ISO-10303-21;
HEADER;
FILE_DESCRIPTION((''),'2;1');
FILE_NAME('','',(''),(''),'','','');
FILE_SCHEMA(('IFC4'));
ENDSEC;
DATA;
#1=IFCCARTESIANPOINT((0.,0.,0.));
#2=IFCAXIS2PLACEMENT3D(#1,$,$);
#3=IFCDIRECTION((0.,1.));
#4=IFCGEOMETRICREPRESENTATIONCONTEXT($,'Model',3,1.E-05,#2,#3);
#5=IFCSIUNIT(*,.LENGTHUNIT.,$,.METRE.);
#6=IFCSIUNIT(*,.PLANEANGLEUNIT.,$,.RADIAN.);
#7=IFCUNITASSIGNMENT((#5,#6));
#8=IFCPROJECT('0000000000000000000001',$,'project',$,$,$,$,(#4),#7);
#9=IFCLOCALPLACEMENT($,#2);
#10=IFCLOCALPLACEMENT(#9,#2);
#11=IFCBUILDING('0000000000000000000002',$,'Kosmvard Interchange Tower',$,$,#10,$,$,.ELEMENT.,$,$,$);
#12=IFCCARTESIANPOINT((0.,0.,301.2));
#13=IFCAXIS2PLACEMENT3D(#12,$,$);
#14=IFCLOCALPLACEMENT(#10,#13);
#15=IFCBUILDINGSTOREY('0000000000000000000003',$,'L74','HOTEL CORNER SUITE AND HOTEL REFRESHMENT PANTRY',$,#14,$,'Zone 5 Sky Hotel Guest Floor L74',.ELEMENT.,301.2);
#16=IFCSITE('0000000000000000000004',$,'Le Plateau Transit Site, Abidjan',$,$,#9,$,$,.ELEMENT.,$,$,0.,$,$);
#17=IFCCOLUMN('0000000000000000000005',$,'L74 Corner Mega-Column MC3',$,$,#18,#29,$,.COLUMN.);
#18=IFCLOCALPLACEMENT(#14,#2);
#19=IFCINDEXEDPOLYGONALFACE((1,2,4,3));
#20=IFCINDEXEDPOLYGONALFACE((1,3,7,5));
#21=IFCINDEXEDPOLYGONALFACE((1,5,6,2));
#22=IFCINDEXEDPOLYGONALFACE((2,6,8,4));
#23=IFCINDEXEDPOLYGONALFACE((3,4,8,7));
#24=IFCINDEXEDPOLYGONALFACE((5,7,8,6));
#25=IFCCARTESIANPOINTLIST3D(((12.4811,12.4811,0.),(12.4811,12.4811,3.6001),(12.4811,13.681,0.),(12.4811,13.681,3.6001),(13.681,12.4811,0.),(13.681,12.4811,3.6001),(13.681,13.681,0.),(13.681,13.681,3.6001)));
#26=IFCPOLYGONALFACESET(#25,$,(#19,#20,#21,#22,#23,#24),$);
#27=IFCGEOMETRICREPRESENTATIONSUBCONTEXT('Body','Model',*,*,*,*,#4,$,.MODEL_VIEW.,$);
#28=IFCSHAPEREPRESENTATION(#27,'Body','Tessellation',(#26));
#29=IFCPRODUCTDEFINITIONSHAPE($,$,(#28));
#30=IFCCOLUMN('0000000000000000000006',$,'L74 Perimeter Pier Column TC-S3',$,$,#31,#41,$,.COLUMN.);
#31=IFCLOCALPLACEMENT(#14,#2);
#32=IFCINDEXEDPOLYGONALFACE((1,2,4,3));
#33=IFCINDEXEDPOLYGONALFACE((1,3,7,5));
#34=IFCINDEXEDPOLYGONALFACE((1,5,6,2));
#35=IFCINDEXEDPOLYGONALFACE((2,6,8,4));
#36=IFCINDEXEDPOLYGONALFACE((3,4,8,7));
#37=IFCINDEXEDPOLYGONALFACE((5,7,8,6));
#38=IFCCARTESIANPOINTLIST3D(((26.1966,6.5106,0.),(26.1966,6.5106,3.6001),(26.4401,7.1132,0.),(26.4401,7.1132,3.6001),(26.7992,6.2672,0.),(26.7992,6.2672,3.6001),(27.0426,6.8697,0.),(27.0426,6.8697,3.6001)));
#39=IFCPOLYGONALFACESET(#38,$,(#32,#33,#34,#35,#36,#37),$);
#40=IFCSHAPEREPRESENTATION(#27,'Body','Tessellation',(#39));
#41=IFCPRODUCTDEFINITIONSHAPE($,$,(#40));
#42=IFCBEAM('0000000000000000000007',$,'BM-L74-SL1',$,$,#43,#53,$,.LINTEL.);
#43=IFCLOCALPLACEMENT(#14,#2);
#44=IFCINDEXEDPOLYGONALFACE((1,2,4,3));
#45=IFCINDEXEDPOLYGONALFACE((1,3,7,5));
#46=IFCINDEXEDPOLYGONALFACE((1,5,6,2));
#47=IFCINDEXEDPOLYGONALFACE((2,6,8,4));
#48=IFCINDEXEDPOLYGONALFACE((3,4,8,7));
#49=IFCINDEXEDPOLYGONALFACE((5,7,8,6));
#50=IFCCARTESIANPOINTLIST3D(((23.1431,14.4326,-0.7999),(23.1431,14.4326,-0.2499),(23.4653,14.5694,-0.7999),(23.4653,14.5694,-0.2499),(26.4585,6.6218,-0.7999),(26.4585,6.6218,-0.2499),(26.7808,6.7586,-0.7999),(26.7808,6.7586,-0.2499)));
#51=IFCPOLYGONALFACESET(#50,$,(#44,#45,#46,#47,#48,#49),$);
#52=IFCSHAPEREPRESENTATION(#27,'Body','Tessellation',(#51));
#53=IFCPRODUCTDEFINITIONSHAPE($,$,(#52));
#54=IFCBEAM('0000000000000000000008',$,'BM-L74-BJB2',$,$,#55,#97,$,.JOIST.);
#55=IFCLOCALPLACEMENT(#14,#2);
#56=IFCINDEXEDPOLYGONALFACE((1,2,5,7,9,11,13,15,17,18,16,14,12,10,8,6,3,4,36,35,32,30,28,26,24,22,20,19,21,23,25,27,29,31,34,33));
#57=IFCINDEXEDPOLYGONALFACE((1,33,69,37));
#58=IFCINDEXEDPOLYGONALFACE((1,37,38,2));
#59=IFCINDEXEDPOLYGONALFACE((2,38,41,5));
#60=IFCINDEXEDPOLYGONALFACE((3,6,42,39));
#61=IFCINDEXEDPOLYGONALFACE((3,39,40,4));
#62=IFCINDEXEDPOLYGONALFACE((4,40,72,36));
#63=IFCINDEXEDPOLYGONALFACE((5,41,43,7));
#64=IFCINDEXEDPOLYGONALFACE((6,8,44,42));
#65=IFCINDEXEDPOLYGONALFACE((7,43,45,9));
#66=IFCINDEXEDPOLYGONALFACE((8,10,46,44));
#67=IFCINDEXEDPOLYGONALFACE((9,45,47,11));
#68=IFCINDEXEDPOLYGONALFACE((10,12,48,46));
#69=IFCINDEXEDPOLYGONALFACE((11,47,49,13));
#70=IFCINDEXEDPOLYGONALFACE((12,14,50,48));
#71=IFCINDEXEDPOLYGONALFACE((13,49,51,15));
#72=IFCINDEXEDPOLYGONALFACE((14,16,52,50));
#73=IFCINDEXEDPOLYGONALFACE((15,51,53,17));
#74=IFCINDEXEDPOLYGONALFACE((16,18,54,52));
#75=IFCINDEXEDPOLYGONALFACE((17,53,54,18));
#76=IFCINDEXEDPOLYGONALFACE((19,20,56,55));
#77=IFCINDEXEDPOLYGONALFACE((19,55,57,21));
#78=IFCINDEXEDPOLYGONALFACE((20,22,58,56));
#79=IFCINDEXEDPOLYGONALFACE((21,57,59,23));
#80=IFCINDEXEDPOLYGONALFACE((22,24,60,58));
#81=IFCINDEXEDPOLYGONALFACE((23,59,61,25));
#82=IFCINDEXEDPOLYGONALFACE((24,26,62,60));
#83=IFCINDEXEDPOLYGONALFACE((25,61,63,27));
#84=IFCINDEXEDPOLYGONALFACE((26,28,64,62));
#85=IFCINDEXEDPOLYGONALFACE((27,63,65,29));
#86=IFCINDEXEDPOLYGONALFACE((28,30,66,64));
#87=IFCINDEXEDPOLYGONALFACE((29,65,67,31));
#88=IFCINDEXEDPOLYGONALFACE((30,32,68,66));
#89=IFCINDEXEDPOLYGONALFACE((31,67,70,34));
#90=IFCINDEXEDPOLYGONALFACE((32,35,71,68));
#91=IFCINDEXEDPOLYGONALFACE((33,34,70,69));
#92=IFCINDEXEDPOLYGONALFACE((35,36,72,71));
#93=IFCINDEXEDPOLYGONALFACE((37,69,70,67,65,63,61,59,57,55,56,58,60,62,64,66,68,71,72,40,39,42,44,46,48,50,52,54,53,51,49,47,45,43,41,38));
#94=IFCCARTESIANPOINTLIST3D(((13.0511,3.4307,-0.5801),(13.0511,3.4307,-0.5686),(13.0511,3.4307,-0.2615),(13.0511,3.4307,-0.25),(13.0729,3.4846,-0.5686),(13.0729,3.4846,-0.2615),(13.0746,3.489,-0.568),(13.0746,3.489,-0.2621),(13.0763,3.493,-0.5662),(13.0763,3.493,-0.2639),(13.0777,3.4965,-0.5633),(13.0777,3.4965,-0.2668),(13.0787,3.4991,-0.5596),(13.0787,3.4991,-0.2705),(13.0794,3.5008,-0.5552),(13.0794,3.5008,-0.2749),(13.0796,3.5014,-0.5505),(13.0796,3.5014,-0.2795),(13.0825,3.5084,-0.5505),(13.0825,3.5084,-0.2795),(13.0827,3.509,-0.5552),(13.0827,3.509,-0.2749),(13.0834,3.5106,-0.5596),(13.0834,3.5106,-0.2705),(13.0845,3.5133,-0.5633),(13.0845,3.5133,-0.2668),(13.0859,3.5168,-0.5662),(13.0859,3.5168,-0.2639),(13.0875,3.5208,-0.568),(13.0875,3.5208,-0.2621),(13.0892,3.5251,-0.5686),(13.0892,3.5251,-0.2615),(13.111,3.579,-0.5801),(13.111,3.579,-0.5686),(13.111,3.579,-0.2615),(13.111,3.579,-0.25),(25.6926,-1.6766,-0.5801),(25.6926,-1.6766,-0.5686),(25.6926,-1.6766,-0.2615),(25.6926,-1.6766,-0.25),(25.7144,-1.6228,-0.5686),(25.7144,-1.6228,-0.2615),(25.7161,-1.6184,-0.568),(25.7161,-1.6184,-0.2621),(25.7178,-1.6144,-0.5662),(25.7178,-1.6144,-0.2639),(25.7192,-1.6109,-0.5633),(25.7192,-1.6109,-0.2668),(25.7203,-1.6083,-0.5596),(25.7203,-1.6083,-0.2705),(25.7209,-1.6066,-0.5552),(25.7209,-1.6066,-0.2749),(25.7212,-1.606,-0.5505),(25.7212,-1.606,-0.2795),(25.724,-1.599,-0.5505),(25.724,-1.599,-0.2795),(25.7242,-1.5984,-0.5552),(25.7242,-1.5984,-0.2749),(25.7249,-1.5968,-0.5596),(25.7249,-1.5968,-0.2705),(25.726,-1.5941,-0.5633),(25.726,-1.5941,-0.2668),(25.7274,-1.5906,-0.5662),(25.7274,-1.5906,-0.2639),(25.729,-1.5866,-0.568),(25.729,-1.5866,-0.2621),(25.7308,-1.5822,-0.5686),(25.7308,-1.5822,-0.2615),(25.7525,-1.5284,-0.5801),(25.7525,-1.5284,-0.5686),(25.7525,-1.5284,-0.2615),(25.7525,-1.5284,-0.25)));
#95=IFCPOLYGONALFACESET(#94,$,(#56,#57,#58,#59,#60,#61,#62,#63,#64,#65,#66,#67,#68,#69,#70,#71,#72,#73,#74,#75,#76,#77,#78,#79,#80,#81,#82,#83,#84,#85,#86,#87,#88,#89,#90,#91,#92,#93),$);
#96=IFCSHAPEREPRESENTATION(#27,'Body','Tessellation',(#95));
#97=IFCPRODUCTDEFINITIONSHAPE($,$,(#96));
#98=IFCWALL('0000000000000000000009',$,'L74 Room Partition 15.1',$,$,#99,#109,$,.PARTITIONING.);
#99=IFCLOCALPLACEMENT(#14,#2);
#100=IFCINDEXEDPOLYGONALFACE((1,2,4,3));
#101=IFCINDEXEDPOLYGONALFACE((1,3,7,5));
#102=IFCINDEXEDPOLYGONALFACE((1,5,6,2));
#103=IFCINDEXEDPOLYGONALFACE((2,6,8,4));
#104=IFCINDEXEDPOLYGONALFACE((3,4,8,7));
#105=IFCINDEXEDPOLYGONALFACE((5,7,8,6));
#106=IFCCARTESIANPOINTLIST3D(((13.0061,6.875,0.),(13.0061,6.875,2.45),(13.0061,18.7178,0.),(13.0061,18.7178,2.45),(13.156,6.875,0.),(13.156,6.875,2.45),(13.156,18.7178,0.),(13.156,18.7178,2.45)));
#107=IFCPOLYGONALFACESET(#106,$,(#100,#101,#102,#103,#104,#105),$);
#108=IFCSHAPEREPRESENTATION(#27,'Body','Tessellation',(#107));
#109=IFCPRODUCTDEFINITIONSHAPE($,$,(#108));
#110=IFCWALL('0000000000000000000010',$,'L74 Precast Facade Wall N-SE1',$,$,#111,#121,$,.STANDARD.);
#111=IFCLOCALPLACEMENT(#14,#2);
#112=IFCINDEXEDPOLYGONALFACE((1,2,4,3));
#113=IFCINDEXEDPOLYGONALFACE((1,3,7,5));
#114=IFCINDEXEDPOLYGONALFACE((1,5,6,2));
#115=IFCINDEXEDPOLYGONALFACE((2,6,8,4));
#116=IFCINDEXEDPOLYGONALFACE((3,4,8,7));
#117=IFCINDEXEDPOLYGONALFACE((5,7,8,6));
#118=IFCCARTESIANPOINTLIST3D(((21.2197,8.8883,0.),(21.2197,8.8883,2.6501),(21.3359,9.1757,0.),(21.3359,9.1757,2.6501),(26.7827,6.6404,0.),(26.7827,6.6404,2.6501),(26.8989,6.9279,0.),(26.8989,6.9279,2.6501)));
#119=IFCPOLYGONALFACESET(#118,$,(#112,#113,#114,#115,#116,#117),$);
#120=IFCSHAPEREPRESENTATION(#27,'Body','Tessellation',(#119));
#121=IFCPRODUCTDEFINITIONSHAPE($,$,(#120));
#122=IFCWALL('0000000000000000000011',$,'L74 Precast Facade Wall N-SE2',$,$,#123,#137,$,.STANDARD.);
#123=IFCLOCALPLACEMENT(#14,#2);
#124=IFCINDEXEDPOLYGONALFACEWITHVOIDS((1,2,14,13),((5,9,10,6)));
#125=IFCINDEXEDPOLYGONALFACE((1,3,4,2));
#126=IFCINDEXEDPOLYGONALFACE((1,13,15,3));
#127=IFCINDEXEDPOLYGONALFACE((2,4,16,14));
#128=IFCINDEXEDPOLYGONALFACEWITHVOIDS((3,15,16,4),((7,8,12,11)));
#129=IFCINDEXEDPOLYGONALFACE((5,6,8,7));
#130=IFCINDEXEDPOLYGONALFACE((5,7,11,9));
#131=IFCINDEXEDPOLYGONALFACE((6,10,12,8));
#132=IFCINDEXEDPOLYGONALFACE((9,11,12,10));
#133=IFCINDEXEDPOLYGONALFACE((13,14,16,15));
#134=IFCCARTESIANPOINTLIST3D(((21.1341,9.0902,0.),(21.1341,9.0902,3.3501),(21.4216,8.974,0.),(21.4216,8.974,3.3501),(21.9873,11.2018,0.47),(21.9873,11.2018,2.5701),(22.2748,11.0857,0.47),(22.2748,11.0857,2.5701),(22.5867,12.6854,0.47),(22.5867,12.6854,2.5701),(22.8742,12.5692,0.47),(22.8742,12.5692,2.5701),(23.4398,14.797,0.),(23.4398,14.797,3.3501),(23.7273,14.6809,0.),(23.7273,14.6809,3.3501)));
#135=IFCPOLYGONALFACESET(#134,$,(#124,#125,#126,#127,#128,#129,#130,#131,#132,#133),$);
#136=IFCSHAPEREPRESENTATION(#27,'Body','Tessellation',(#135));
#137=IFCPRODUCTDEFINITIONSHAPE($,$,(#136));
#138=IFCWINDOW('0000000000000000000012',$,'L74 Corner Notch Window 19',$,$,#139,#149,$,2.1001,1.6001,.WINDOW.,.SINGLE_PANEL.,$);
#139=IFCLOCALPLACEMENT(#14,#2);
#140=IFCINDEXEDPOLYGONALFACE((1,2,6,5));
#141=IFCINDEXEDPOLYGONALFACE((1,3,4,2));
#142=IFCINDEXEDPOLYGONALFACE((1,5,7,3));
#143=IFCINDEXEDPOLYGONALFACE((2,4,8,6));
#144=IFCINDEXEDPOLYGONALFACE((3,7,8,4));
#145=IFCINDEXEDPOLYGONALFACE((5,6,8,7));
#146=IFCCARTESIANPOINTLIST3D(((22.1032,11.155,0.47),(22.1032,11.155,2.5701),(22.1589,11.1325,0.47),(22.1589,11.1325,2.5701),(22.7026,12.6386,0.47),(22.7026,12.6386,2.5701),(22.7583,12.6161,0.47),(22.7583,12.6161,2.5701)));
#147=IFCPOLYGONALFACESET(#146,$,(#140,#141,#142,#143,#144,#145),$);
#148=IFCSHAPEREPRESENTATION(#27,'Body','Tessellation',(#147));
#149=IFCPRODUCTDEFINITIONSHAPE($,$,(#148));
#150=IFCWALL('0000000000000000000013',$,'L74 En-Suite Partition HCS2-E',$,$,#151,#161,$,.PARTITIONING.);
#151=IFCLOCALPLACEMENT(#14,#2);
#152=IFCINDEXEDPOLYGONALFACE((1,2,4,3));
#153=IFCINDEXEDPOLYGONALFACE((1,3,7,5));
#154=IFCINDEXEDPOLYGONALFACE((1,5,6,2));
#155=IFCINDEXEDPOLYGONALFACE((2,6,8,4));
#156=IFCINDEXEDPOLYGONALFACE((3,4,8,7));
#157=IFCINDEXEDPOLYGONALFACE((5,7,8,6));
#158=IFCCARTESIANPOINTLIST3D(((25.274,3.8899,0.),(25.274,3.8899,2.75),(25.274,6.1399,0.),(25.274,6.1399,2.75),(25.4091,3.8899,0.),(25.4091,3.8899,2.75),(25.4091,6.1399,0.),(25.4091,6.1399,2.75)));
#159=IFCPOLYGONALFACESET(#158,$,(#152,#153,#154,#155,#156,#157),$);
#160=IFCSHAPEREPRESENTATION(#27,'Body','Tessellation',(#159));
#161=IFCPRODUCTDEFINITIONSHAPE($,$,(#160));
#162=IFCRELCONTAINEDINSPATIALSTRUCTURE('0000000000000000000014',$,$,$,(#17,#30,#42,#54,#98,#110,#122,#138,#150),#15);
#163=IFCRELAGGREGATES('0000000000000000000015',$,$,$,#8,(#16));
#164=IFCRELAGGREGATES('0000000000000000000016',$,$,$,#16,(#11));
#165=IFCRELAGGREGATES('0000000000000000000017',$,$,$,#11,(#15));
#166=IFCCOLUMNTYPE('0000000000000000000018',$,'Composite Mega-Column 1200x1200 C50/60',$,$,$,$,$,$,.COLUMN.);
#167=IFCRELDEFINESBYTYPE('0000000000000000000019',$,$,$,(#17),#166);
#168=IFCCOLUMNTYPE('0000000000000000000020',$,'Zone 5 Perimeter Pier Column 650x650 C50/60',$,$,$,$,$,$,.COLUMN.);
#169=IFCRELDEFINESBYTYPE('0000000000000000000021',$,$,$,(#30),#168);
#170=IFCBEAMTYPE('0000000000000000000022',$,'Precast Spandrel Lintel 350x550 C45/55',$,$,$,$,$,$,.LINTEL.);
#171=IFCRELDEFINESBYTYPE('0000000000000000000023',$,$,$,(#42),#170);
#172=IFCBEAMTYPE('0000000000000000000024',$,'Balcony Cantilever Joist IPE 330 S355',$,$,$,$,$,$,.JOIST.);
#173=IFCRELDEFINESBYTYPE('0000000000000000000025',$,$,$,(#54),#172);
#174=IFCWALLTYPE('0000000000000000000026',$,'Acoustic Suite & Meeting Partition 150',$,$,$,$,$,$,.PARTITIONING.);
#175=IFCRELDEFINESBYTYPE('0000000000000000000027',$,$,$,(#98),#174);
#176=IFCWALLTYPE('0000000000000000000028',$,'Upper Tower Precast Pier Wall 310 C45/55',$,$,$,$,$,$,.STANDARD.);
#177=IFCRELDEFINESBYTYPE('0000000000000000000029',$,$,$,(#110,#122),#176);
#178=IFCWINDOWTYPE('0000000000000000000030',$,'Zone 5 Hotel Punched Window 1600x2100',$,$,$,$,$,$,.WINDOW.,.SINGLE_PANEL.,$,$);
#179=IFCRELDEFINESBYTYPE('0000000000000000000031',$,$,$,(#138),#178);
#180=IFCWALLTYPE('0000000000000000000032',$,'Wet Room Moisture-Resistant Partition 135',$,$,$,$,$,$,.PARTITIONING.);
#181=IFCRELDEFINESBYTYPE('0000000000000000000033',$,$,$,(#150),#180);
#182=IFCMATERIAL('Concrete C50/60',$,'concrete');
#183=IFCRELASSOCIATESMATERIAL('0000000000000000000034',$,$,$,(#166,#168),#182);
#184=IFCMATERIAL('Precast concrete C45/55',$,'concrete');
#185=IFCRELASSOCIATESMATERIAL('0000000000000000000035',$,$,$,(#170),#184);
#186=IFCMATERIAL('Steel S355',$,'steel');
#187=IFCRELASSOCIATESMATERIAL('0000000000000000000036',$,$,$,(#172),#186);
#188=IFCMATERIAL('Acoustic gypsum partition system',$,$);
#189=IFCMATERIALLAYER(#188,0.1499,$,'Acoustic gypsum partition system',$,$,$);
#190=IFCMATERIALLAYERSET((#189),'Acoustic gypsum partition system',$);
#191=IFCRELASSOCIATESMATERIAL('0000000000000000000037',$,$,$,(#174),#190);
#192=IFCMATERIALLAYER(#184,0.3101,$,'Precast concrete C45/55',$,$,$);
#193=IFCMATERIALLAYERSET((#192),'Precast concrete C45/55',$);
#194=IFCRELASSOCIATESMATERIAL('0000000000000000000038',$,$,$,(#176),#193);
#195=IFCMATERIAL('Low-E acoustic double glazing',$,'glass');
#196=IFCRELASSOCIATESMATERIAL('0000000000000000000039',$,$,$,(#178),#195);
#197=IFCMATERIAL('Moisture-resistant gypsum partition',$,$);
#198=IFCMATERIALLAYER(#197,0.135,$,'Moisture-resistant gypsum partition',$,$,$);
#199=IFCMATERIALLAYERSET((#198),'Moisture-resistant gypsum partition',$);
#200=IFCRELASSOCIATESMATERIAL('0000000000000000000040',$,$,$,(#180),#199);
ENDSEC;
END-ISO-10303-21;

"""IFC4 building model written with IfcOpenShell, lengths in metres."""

from ifc_helpers import new_model, si_unit, direction, frame, frame_2d, origin, origin_2d, place, context, subcontext, project, spatial, rectangle, i_section, extrude, source, transform, mapped, material, layer, layer_set, material_profile, profile_set, type_object, element, fill, save


model = new_model("IFC4")

# Units and contexts
model_context = context("Model", 3, precision=1e-05, world=origin(), true_north=direction((0.0, 1.0)))
body_context = subcontext(model_context, "Body", "Model", "MODEL_VIEW")
ifc_project = project(units=[si_unit("LENGTHUNIT", "METRE"), si_unit("PLANEANGLEUNIT", "RADIAN")], contexts=[model_context])

# Site, building, storey
site_placement = place(None, origin())
site = spatial("IfcSite", under=ifc_project, at=site_placement, Name="Le Plateau Transit Site, Abidjan", CompositionType="ELEMENT", RefElevation=0.0)
building_placement = place(site_placement, origin())
building = spatial("IfcBuilding", under=site, at=building_placement, Name="Kosmvard Interchange Tower", CompositionType="ELEMENT")
storey_placement = place(building_placement, frame((0.0, 0.0, 301.2)))
storey = spatial("IfcBuildingStorey", under=building, at=storey_placement, Name="L74", Description="HOTEL CORNER SUITE AND HOTEL REFRESHMENT PANTRY", LongName="Zone 5 Sky Hotel Guest Floor L74", CompositionType="ELEMENT", Elevation=301.2)

# Columns
ifc_material_1 = material(Name="Concrete C50/60", Category="concrete")
ifc_material_profile_1 = material_profile(ifc_material_1, rectangle(XDim=1.2, YDim=1.2, at=origin_2d()), Name="MC 1200x1200")
ifc_profile_set_1 = profile_set([ifc_material_profile_1], Name="Concrete C50/60")
column_type_1 = type_object("IfcColumnType", Name="Composite Mega-Column 1200x1200 C50/60", PredefinedType="COLUMN", material=ifc_profile_set_1)
shared_shape_1 = source(origin(), body_context, "Body", "SweptSolid", [
    extrude(rectangle(XDim=1.2, YDim=1.2, at=origin_2d()), origin(), (0.0, 0.0, 1.0), 3.6001),
])
column_1_placement = place(storey_placement, frame((13.0811, 13.0811, 0.0), z_axis=(0.0, 0.0, 1.0), x_axis=(1.0, 0.0, 0.0)))
element("IfcColumn", 1, at=column_1_placement, inside=storey, type_object=column_type_1, Name="L74 Corner Mega-Column MC3", PredefinedType="COLUMN", context=body_context, shape_type="MappedRepresentation", body=[
    mapped(shared_shape_1, transform((0.0, 0.0, 0.0), scale=1.0)),
])
ifc_material_profile_2 = material_profile(ifc_material_1, rectangle(XDim=0.6499, YDim=0.6499, at=origin_2d()), Name="TC 650x650")
ifc_profile_set_2 = profile_set([ifc_material_profile_2], Name="Concrete C50/60")
column_type_2 = type_object("IfcColumnType", Name="Zone 5 Perimeter Pier Column 650x650 C50/60", PredefinedType="COLUMN", material=ifc_profile_set_2)
shared_shape_2 = source(origin(), body_context, "Body", "SweptSolid", [
    extrude(rectangle(XDim=0.6499, YDim=0.6499, at=origin_2d()), origin(), (0.0, 0.0, 1.0), 3.6001),
])
column_2_placement = place(storey_placement, frame((26.6196, 6.6902, 0.0), z_axis=(0.0, 0.0, 1.0), x_axis=(0.374607, 0.927184, 0.0)))
element("IfcColumn", 2, at=column_2_placement, inside=storey, type_object=column_type_2, Name="L74 Perimeter Pier Column TC-S3", PredefinedType="COLUMN", context=body_context, shape_type="MappedRepresentation", body=[
    mapped(shared_shape_2, transform((0.0, 0.0, 0.0), scale=1.0)),
])

# Beams
ifc_material_2 = material(Name="Precast concrete C45/55", Category="concrete")
ifc_material_profile_3 = material_profile(ifc_material_2, rectangle(XDim=0.3501, YDim=0.55, at=origin_2d()), Name="SL 350x550")
ifc_profile_set_3 = profile_set([ifc_material_profile_3], Name="Precast concrete C45/55")
beam_type_1 = type_object("IfcBeamType", Name="Precast Spandrel Lintel 350x550 C45/55", PredefinedType="LINTEL", material=ifc_profile_set_3)
shared_shape_3 = source(origin(), body_context, "Body", "SweptSolid", [
    extrude(rectangle(XDim=0.3501, YDim=0.55, at=origin_2d()), origin(), (0.0, 0.0, 1.0), 8.4854),
])
beam_1_placement = place(storey_placement, frame((26.6196, 6.6902, -0.5249), z_axis=(-0.390726, 0.920507, 0.0), x_axis=(-0.920507, -0.390726, 0.0)))
element("IfcBeam", 3, at=beam_1_placement, inside=storey, type_object=beam_type_1, Name="BM-L74-SL1", PredefinedType="LINTEL", context=body_context, shape_type="MappedRepresentation", body=[
    mapped(shared_shape_3, transform((0.0, 0.0, 0.0), scale=1.0)),
])
ifc_material_3 = material(Name="Steel S355", Category="steel")
ifc_material_profile_4 = material_profile(ifc_material_3, i_section(OverallWidth=0.1599, OverallDepth=0.3301, WebThickness=0.0076, FlangeThickness=0.0115, FilletRadius=0.0181, at=origin_2d()), Name="IPE 330")
ifc_profile_set_4 = profile_set([ifc_material_profile_4], Name="Steel S355")
beam_type_2 = type_object("IfcBeamType", Name="Balcony Cantilever Joist IPE 330 S355", PredefinedType="JOIST", material=ifc_profile_set_4)
shared_shape_4 = source(origin(), body_context, "Body", "SweptSolid", [
    extrude(i_section(OverallWidth=0.1599, OverallDepth=0.3301, WebThickness=0.0076, FlangeThickness=0.0115, FilletRadius=0.0181, at=origin_2d()), origin(), (0.0, 0.0, 1.0), 13.6343),
])
beam_2_placement = place(storey_placement, frame((13.0811, 3.5049, -0.415), z_axis=(0.927187, -0.374599, 0.0), x_axis=(0.374599, 0.927187, 0.0)))
element("IfcBeam", 4, at=beam_2_placement, inside=storey, type_object=beam_type_2, Name="BM-L74-BJB2", PredefinedType="JOIST", context=body_context, shape_type="MappedRepresentation", body=[
    mapped(shared_shape_4, transform((0.0, 0.0, 0.0), scale=1.0)),
])

# Walls
ifc_material_4 = material(Name="Acoustic gypsum partition system")
ifc_layer_1 = layer(ifc_material_4, 0.1499, Name="Acoustic gypsum partition system")
ifc_layer_set_1 = layer_set([ifc_layer_1], Name="Acoustic gypsum partition system")
wall_type_1 = type_object("IfcWallType", Name="Acoustic Suite & Meeting Partition 150", PredefinedType="PARTITIONING", material=ifc_layer_set_1)
wall_1_placement = place(storey_placement, frame((13.0811, 6.875, 0.0), z_axis=(0.0, 0.0, 1.0), x_axis=(0.0, 1.0, 0.0)))
element("IfcWall", 5, at=wall_1_placement, inside=storey, type_object=wall_type_1, Name="L74 Room Partition 15.1", PredefinedType="PARTITIONING", context=body_context, shape_type="SweptSolid", body=[
    extrude(rectangle(XDim=11.8428, YDim=0.1499, at=frame_2d((5.9214, 0.0))), origin(), (0.0, 0.0, 1.0), 2.45),
])
ifc_layer_2 = layer(ifc_material_2, 0.3101, Name="Precast concrete C45/55")
ifc_layer_set_2 = layer_set([ifc_layer_2], Name="Precast concrete C45/55")
wall_type_2 = type_object("IfcWallType", Name="Upper Tower Precast Pier Wall 310 C45/55", PredefinedType="STANDARD", material=ifc_layer_set_2)
wall_2_placement = place(storey_placement, frame((26.8408, 6.7842, 0.0), z_axis=(0.0, 0.0, 1.0), x_axis=(-0.927172, 0.374637, 0.0)))
element("IfcWall", 6, at=wall_2_placement, inside=storey, type_object=wall_type_2, Name="L74 Precast Facade Wall N-SE1", PredefinedType="STANDARD", context=body_context, shape_type="SweptSolid", body=[
    extrude(rectangle(XDim=6.0, YDim=0.3101, at=frame_2d((3.0, 0.0))), origin(), (0.0, 0.0, 1.0), 2.6501),
])

# Wall, opening, window
wall_3_placement = place(storey_placement, frame((21.2778, 9.032, 0.0), z_axis=(0.0, 0.0, 1.0), x_axis=(0.374603, 0.927185, 0.0)))
wall_3 = element("IfcWall", 7, at=wall_3_placement, inside=storey, type_object=wall_type_2, Name="L74 Precast Facade Wall N-SE2", PredefinedType="STANDARD", context=body_context, shape_type="SweptSolid", body=[
    extrude(rectangle(XDim=6.155, YDim=0.3101, at=frame_2d((3.0776, 0.0))), origin(), (0.0, 0.0, 1.0), 3.3501),
])
opening_1_placement = place(wall_3_placement, frame((2.2776, 0.0, 0.47)))
opening_1 = element("IfcOpeningElement", 8, at=opening_1_placement, cuts=wall_3, PredefinedType="OPENING", context=body_context, shape_type="SweptSolid", body=[
    extrude(rectangle(XDim=1.6001, YDim=2.1001, at=frame_2d((0.8, 1.05))), frame((0.0, 0.165, 0.0), z_axis=(0.0, -1.0, 0.0), x_axis=(1.0, 0.0, 0.0)), (0.0, 0.0, 1.0), 0.3301),
])
ifc_material_5 = material(Name="Low-E acoustic double glazing", Category="glass")
window_type = type_object("IfcWindowType", Name="Zone 5 Hotel Punched Window 1600x2100", PartitioningType="SINGLE_PANEL", PredefinedType="WINDOW", material=ifc_material_5)
shared_shape_5 = source(origin(), body_context, "Body", "SweptSolid", [
    extrude(rectangle(XDim=1.6001, YDim=2.1001, at=frame_2d((0.8, 1.05))), frame((0.0, 0.03, 0.0), z_axis=(0.0, -1.0, 0.0), x_axis=(1.0, 0.0, 0.0)), (0.0, 0.0, 1.0), 0.0601),
])
window_placement = place(opening_1_placement, origin())
window = element("IfcWindow", 9, at=window_placement, inside=storey, type_object=window_type, Name="L74 Corner Notch Window 19", OverallHeight=2.1001, OverallWidth=1.6001, PartitioningType="SINGLE_PANEL", PredefinedType="WINDOW", context=body_context, shape_type="MappedRepresentation", body=[
    mapped(shared_shape_5, transform((0.0, 0.0, 0.0), scale=1.0)),
])
fill(opening_1, window)

# Wall
ifc_material_6 = material(Name="Moisture-resistant gypsum partition")
ifc_layer_3 = layer(ifc_material_6, 0.135, Name="Moisture-resistant gypsum partition")
ifc_layer_set_3 = layer_set([ifc_layer_3], Name="Moisture-resistant gypsum partition")
wall_type_3 = type_object("IfcWallType", Name="Wet Room Moisture-Resistant Partition 135", PredefinedType="PARTITIONING", material=ifc_layer_set_3)
wall_4_placement = place(storey_placement, frame((25.3416, 3.8899, 0.0), z_axis=(0.0, 0.0, 1.0), x_axis=(0.0, 1.0, 0.0)))
element("IfcWall", 10, at=wall_4_placement, inside=storey, type_object=wall_type_3, Name="L74 En-Suite Partition HCS2-E", PredefinedType="PARTITIONING", context=body_context, shape_type="SweptSolid", body=[
    extrude(rectangle(XDim=2.25, YDim=0.135, at=frame_2d((1.125, 0.0))), origin(), (0.0, 0.0, 1.0), 2.75),
])

save(model, "model.ifc")
